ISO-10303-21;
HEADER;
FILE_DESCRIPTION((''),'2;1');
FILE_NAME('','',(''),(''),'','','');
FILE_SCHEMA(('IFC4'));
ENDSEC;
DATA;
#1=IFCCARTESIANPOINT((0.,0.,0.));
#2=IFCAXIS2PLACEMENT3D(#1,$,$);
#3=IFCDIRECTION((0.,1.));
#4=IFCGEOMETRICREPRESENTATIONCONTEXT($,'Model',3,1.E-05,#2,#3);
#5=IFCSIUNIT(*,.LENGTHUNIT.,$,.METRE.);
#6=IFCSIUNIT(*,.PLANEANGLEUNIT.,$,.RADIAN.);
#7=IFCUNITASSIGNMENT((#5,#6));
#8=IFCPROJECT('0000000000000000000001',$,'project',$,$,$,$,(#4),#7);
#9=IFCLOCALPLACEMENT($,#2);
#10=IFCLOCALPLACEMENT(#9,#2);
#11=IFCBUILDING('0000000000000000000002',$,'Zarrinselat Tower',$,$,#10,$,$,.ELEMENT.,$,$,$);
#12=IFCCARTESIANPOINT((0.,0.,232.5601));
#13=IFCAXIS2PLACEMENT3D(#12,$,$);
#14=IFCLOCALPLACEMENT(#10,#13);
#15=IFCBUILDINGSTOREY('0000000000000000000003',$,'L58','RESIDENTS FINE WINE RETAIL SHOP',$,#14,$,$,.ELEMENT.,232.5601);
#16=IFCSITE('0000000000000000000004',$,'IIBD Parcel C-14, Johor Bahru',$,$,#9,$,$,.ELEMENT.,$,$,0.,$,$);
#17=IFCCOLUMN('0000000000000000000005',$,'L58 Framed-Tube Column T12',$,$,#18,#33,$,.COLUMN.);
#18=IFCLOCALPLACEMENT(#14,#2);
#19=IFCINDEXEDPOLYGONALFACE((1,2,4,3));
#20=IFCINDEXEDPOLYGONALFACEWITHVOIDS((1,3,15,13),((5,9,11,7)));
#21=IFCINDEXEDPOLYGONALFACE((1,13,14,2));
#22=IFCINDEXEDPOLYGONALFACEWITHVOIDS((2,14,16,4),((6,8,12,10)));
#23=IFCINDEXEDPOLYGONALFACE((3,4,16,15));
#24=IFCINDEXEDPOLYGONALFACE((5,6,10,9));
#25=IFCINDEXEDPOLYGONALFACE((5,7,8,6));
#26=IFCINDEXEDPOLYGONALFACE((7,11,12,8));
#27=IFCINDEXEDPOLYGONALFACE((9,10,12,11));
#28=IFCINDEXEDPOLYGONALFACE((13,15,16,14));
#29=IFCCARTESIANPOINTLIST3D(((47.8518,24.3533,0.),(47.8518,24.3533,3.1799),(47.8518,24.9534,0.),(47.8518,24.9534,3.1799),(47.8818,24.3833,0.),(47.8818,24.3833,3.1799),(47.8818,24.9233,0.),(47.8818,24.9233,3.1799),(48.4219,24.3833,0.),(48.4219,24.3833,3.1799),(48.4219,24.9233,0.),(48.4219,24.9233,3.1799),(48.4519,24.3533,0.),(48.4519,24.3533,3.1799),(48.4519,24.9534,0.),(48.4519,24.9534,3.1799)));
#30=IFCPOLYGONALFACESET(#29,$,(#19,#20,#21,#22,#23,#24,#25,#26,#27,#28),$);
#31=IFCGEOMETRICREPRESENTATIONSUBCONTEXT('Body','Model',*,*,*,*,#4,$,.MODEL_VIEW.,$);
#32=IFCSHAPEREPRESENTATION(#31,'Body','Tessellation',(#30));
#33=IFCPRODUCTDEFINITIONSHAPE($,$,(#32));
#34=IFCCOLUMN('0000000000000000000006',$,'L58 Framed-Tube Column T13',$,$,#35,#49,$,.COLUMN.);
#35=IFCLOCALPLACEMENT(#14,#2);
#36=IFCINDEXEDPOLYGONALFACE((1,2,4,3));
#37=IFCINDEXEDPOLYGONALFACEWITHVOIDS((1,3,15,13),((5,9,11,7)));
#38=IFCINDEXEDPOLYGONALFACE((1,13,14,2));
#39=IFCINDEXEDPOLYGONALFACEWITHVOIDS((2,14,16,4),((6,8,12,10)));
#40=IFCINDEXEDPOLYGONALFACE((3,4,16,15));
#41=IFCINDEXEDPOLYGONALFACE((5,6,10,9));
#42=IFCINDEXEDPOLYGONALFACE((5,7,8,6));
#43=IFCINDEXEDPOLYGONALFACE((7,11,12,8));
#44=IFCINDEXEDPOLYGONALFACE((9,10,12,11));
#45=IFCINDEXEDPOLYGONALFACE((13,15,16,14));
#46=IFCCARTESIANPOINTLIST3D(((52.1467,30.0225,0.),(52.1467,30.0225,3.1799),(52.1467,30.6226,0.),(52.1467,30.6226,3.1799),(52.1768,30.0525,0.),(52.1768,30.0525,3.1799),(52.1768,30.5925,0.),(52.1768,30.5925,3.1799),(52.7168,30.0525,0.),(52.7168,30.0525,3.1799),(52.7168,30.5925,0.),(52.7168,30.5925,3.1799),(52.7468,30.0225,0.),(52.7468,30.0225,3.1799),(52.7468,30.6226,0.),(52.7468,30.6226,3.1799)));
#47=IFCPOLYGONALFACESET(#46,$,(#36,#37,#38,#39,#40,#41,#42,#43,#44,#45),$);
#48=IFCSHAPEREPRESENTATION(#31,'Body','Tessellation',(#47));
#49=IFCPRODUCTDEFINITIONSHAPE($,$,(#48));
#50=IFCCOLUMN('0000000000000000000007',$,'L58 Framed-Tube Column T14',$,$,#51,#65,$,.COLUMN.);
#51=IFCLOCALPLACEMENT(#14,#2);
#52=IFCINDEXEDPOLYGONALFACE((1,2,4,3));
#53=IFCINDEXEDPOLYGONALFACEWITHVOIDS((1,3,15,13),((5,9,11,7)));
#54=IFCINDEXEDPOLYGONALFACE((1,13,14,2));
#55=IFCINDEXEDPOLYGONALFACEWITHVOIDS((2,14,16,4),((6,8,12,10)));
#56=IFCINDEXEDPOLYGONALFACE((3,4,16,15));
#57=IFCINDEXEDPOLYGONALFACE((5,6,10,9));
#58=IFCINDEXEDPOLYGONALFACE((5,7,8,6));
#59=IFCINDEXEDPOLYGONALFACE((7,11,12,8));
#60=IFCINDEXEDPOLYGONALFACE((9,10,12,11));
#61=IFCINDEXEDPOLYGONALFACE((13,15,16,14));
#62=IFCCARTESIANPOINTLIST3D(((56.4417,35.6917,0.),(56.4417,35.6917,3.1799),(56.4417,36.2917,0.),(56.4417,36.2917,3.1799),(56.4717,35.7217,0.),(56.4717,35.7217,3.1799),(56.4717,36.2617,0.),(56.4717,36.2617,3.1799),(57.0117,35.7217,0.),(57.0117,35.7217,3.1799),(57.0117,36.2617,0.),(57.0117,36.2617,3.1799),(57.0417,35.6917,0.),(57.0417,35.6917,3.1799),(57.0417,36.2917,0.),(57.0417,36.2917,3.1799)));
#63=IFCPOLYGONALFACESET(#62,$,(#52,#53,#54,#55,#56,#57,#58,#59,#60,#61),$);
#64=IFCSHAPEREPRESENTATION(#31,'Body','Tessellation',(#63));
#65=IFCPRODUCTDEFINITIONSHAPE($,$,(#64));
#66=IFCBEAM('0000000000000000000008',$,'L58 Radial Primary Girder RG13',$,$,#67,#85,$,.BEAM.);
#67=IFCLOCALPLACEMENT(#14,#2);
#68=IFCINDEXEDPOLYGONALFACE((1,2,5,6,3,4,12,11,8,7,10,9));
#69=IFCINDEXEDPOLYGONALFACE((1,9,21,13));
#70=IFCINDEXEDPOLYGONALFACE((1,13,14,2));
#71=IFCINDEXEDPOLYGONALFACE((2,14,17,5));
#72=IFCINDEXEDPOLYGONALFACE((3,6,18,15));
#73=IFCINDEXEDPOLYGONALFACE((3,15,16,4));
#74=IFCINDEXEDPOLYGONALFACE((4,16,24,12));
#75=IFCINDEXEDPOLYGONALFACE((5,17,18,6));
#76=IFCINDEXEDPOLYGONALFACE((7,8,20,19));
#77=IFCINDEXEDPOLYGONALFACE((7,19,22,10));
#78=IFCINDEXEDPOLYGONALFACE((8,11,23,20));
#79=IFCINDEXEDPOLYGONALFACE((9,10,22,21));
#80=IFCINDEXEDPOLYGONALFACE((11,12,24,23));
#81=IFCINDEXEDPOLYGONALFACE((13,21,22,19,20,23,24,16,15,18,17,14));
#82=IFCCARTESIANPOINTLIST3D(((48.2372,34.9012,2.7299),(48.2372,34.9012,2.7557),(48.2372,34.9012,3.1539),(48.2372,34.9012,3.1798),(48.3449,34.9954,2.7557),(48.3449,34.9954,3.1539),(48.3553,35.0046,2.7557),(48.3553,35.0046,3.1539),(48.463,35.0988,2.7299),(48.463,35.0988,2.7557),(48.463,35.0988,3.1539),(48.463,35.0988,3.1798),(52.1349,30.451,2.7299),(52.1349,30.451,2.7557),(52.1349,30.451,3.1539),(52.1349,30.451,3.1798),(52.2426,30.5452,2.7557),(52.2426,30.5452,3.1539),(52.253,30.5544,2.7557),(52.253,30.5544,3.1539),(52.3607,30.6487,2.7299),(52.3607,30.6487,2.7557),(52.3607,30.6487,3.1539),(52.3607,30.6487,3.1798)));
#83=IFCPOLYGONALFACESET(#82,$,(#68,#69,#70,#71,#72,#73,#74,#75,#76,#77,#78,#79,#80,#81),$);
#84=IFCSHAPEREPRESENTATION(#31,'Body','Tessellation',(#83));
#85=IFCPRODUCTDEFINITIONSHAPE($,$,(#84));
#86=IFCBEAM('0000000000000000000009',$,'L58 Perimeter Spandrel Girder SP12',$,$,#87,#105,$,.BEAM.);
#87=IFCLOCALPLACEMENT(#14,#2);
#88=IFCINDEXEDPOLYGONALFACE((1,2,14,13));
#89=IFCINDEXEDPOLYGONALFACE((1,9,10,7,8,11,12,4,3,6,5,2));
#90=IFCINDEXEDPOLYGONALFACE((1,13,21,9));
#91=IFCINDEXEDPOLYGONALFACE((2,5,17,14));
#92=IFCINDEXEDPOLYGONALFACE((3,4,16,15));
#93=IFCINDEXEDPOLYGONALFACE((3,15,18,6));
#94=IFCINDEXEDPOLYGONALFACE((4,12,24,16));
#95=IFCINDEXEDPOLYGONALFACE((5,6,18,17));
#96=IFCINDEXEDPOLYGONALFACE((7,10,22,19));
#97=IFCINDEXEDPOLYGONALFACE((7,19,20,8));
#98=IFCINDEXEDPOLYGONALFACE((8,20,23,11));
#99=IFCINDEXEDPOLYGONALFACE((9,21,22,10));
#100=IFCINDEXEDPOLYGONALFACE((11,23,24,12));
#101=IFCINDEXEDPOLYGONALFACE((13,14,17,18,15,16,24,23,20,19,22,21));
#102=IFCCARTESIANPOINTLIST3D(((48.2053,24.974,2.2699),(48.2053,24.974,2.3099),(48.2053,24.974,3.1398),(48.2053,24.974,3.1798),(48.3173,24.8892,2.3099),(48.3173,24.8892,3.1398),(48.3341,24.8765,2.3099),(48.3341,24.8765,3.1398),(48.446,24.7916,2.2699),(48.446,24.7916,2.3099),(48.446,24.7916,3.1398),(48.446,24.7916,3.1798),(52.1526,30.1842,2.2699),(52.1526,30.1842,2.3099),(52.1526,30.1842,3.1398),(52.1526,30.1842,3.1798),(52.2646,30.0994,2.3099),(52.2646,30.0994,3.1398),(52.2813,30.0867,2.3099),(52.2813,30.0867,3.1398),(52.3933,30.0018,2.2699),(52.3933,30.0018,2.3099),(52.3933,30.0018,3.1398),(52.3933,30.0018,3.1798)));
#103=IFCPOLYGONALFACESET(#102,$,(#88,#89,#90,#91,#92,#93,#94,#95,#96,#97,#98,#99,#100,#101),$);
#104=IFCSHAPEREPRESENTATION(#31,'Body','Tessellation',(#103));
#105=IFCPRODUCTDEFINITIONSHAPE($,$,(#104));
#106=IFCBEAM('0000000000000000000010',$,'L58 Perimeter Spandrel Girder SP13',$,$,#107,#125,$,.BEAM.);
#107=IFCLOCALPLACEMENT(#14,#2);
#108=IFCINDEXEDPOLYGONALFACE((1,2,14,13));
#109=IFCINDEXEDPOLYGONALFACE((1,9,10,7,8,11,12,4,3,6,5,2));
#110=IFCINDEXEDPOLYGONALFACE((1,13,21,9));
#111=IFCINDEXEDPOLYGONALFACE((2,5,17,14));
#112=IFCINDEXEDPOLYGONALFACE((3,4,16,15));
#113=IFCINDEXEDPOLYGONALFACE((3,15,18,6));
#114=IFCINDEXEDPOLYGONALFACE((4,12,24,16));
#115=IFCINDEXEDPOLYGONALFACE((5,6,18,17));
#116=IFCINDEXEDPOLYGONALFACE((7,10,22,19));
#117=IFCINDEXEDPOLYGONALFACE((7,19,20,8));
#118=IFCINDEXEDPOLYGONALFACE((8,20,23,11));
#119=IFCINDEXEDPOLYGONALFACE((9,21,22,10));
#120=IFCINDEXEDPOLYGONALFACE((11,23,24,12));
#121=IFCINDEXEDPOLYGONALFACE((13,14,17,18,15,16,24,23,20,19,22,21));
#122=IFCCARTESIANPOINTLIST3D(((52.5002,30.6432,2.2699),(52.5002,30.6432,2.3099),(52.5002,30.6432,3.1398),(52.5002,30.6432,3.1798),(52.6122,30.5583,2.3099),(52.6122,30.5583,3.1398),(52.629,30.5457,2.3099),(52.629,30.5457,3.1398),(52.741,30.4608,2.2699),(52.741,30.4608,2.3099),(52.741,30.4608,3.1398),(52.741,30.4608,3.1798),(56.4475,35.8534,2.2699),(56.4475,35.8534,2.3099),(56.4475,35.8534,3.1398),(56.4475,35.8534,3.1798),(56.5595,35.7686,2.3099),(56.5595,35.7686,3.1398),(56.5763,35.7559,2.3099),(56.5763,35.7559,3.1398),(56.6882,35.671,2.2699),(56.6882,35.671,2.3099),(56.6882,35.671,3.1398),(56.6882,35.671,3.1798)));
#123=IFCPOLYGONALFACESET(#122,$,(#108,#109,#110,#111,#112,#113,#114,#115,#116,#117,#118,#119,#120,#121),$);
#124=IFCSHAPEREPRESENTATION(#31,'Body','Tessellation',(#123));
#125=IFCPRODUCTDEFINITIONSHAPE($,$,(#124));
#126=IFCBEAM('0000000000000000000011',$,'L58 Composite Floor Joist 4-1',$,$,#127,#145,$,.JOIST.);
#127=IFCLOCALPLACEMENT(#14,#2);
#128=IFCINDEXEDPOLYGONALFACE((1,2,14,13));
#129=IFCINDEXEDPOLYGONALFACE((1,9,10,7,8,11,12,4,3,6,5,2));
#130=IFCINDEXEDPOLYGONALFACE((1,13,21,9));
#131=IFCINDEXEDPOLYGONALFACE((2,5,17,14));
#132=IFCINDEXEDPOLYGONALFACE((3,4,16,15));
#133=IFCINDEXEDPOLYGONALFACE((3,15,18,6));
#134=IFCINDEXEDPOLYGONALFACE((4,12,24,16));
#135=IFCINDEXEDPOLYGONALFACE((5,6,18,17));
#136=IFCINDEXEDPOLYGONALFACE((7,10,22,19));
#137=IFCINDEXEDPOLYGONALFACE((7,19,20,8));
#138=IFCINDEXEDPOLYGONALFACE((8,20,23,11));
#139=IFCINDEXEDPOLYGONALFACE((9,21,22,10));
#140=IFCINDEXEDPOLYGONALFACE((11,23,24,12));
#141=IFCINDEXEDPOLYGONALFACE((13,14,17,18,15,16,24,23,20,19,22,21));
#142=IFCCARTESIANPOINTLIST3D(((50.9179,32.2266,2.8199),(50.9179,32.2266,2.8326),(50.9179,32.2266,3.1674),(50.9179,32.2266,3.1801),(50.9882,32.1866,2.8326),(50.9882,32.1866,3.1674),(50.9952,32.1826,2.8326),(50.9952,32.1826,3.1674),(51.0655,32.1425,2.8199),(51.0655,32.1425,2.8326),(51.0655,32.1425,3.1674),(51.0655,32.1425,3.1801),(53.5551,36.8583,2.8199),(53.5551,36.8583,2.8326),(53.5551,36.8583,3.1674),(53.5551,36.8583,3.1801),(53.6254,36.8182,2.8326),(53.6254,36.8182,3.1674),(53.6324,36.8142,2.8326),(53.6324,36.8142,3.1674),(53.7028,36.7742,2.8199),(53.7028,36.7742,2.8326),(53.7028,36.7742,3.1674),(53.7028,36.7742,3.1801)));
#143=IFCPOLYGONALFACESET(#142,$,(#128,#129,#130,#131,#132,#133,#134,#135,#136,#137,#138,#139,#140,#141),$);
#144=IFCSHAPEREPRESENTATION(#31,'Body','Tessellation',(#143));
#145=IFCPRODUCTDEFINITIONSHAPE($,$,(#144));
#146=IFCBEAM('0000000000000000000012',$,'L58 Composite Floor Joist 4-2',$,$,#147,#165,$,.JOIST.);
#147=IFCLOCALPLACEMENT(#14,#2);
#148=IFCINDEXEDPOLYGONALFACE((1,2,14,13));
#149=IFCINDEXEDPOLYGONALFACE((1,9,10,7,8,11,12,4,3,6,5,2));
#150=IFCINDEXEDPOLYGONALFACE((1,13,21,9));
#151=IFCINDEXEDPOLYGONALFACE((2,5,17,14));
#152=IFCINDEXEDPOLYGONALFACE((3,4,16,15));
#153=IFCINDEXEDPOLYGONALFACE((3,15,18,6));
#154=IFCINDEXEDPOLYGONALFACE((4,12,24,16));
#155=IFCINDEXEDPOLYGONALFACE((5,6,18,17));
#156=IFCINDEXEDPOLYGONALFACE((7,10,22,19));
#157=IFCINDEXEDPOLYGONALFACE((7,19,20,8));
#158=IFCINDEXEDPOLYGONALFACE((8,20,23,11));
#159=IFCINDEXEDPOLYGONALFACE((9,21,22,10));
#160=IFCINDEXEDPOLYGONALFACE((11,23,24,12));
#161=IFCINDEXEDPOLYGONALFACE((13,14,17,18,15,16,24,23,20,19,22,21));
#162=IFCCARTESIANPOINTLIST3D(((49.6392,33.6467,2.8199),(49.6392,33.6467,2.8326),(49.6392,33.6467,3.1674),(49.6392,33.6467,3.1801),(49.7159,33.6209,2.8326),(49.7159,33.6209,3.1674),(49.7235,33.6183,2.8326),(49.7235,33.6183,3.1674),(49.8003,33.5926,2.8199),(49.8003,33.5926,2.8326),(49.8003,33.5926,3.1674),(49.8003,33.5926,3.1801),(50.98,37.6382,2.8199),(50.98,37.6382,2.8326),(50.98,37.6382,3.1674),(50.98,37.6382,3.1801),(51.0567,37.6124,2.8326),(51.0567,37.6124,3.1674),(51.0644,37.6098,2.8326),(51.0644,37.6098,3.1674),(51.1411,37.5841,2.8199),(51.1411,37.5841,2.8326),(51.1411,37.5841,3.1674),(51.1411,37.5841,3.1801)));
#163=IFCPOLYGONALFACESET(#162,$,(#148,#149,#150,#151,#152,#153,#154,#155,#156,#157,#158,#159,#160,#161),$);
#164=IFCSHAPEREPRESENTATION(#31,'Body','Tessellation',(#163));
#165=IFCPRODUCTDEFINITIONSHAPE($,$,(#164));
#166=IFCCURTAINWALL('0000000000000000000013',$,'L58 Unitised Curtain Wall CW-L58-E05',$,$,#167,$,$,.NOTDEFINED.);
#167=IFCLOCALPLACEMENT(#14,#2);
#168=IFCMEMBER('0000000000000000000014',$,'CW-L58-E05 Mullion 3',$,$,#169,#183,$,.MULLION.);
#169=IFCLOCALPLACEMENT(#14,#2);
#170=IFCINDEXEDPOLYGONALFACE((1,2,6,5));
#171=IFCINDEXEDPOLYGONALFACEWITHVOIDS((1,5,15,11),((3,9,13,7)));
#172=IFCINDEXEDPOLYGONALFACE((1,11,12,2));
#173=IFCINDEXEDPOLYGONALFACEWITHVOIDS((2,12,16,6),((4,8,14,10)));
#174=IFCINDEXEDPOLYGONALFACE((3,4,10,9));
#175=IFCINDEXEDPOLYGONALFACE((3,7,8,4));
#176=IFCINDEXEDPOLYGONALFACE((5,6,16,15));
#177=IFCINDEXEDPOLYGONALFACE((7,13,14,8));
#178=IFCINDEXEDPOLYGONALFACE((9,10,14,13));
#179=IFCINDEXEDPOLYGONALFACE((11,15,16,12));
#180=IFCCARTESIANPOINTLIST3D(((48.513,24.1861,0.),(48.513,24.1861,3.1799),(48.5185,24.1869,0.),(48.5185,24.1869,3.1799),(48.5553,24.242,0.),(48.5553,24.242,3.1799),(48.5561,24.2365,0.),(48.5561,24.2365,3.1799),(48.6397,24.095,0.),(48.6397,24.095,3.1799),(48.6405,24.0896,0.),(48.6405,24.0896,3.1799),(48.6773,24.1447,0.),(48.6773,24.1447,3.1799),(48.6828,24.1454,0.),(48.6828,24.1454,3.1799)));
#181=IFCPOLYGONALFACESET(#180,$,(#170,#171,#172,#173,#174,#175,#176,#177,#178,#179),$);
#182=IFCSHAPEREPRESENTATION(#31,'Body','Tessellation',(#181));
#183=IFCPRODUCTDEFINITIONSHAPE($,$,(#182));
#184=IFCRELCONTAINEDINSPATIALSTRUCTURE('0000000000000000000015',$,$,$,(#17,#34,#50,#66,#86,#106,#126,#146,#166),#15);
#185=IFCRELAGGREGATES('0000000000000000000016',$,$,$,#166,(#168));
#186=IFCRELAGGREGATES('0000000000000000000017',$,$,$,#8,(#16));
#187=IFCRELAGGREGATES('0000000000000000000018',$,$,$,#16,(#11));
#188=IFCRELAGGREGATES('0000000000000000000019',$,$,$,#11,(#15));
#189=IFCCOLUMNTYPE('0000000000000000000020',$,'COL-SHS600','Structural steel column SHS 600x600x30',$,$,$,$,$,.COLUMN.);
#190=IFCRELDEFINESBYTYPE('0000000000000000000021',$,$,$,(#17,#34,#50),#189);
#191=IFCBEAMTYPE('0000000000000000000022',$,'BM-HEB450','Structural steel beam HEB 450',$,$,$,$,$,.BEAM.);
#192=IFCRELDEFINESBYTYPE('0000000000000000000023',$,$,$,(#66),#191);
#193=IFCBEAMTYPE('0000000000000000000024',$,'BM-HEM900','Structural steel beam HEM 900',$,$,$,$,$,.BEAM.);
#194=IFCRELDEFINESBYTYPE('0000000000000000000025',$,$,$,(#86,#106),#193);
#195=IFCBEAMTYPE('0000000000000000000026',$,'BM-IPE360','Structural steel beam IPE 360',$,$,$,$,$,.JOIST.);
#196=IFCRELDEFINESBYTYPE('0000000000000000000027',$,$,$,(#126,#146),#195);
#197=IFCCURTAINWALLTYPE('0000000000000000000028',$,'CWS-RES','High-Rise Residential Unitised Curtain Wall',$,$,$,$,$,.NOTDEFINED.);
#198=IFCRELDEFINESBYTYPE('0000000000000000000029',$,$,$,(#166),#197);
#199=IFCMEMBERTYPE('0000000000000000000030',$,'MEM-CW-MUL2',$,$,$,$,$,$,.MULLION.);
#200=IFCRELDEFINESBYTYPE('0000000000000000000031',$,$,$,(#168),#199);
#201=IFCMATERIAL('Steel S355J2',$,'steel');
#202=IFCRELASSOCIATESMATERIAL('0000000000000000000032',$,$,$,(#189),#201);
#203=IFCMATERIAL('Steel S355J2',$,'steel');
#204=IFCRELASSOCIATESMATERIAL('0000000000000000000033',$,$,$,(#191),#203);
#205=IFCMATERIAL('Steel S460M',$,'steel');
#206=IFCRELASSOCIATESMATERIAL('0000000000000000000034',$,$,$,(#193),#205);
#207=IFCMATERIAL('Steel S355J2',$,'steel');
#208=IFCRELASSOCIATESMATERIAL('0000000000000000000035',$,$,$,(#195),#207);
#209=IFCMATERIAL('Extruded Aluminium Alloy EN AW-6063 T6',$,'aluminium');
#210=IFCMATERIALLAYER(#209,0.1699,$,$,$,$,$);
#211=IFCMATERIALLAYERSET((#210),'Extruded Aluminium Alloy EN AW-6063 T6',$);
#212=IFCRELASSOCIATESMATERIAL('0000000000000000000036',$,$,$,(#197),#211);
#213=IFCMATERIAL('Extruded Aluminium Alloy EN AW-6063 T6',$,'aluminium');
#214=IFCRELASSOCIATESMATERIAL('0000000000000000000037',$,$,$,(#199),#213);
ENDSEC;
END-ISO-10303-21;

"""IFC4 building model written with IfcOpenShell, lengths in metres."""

from ifc_helpers import new_model, si_unit, direction, frame, origin, origin_2d, place, context, subcontext, project, spatial, hollow_rectangle, i_section, extrude, material, layer, layer_set, material_profile, profile_set, type_object, element, aggregate, save


model = new_model("IFC4")

# Units and contexts
model_context = context("Model", 3, precision=1e-05, world=origin(), true_north=direction((0.0, 1.0)))
body_context = subcontext(model_context, "Body", "Model", "MODEL_VIEW")
ifc_project = project(units=[si_unit("LENGTHUNIT", "METRE"), si_unit("PLANEANGLEUNIT", "RADIAN")], contexts=[model_context])

# Site, building, storey
site_placement = place(None, origin())
site = spatial("IfcSite", under=ifc_project, at=site_placement, Name="IIBD Parcel C-14, Johor Bahru", CompositionType="ELEMENT", RefElevation=0.0)
building_placement = place(site_placement, origin())
building = spatial("IfcBuilding", under=site, at=building_placement, Name="Zarrinselat Tower", CompositionType="ELEMENT")
storey_placement = place(building_placement, frame((0.0, 0.0, 232.5601)))
storey = spatial("IfcBuildingStorey", under=building, at=storey_placement, Name="L58", Description="RESIDENTS FINE WINE RETAIL SHOP", CompositionType="ELEMENT", Elevation=232.5601)

# Columns
ifc_material_1 = material(Name="Steel S355J2", Category="steel")
ifc_material_profile_1 = material_profile(ifc_material_1, hollow_rectangle(XDim=0.6001, YDim=0.6001, WallThickness=0.03, at=origin_2d()), Name="SHS 600x600x30")
ifc_profile_set_1 = profile_set([ifc_material_profile_1], Name="Steel S355J2")
column_type = type_object("IfcColumnType", Name="COL-SHS600", Description="Structural steel column SHS 600x600x30", PredefinedType="COLUMN", material=ifc_profile_set_1)
for number, where, z_axis, x_axis, name in (
    (1, (48.1519, 24.6533, 0.0), (0.0, 0.0, 1.0), (1.0, 0.0, 0.0), "L58 Framed-Tube Column T12"),
    (2, (52.4468, 30.3225, 0.0), (0.0, 0.0, 1.0), (1.0, 0.0, 0.0), "L58 Framed-Tube Column T13"),
    (3, (56.7417, 35.9917, 0.0), (0.0, 0.0, 1.0), (1.0, 0.0, 0.0), "L58 Framed-Tube Column T14"),
):
    element("IfcColumn", number, at=place(storey_placement, frame(where, z_axis=z_axis, x_axis=x_axis)), inside=storey, type_object=column_type, Name=name, PredefinedType="COLUMN", context=body_context, shape_type="SweptSolid", body=[
        extrude(hollow_rectangle(XDim=0.6001, YDim=0.6001, WallThickness=0.03, at=origin_2d()), origin(), (0.0, 0.0, 1.0), 3.1799),
    ])

# Beams
ifc_material_2 = material(Name="Steel S355J2", Category="steel")
ifc_material_profile_2 = material_profile(ifc_material_2, i_section(OverallWidth=0.3, OverallDepth=0.45, WebThickness=0.0139, FlangeThickness=0.0259, at=origin_2d()), Name="HEB 450")
ifc_profile_set_2 = profile_set([ifc_material_profile_2], Name="Steel S355J2")
beam_type_1 = type_object("IfcBeamType", Name="BM-HEB450", Description="Structural steel beam HEB 450", PredefinedType="BEAM", material=ifc_profile_set_2)
beam_1_placement = place(storey_placement, frame((48.3501, 35.0, 2.9548), z_axis=(0.658867, -0.75226, 0.0), x_axis=(0.75226, 0.658867, 0.0)))
element("IfcBeam", 4, at=beam_1_placement, inside=storey, type_object=beam_type_1, Name="L58 Radial Primary Girder RG13", PredefinedType="BEAM", context=body_context, shape_type="SweptSolid", body=[
    extrude(i_section(OverallWidth=0.3, OverallDepth=0.45, WebThickness=0.0139, FlangeThickness=0.0259, at=origin_2d()), origin(), (0.0, 0.0, 1.0), 5.9158),
])
ifc_material_3 = material(Name="Steel S460M", Category="steel")
ifc_material_profile_3 = material_profile(ifc_material_3, i_section(OverallWidth=0.302, OverallDepth=0.9099, WebThickness=0.021, FlangeThickness=0.04, at=origin_2d()), Name="HEM 900")
ifc_profile_set_3 = profile_set([ifc_material_profile_3], Name="Steel S460M")
beam_type_2 = type_object("IfcBeamType", Name="BM-HEM900", Description="Structural steel beam HEM 900", PredefinedType="BEAM", material=ifc_profile_set_3)
for number, where, z_axis, x_axis, name in (
    (5, (48.3257, 24.8828, 2.7249), (0.603871, 0.797082, 0.0), (-0.797082, 0.603871, 0.0), "L58 Perimeter Spandrel Girder SP12"),
    (6, (52.6206, 30.552, 2.7249), (0.603871, 0.797082, 0.0), (-0.797082, 0.603871, 0.0), "L58 Perimeter Spandrel Girder SP13"),
):
    element("IfcBeam", number, at=place(storey_placement, frame(where, z_axis=z_axis, x_axis=x_axis)), inside=storey, type_object=beam_type_2, Name=name, PredefinedType="BEAM", context=body_context, shape_type="SweptSolid", body=[
        extrude(i_section(OverallWidth=0.302, OverallDepth=0.9099, WebThickness=0.021, FlangeThickness=0.04, at=origin_2d()), origin(), (0.0, 0.0, 1.0), 6.5366),
    ])
ifc_material_4 = material(Name="Steel S355J2", Category="steel")
ifc_material_profile_4 = material_profile(ifc_material_4, i_section(OverallWidth=0.1699, OverallDepth=0.3601, WebThickness=0.0081, FlangeThickness=0.0127, at=origin_2d()), Name="IPE 360")
ifc_profile_set_4 = profile_set([ifc_material_profile_4], Name="Steel S355J2")
beam_type_3 = type_object("IfcBeamType", Name="BM-IPE360", Description="Structural steel beam IPE 360", PredefinedType="JOIST", material=ifc_profile_set_4)
beam_2_placement = place(storey_placement, frame((50.9917, 32.1846, 3.0), z_axis=(0.494806, 0.869003, 0.0), x_axis=(-0.869003, 0.494806, 0.0)))
element("IfcBeam", 7, at=beam_2_placement, inside=storey, type_object=beam_type_3, Name="L58 Composite Floor Joist 4-1", PredefinedType="JOIST", context=body_context, shape_type="SweptSolid", body=[
    extrude(i_section(OverallWidth=0.1699, OverallDepth=0.3601, WebThickness=0.0081, FlangeThickness=0.0127, at=origin_2d()), origin(), (0.0, 0.0, 1.0), 5.3298),
])
beam_3_placement = place(storey_placement, frame((49.7197, 33.6196, 3.0), z_axis=(0.318436, 0.947944, 0.0), x_axis=(-0.947944, 0.318436, 0.0)))
element("IfcBeam", 8, at=beam_3_placement, inside=storey, type_object=beam_type_3, Name="L58 Composite Floor Joist 4-2", PredefinedType="JOIST", context=body_context, shape_type="SweptSolid", body=[
    extrude(i_section(OverallWidth=0.1699, OverallDepth=0.3601, WebThickness=0.0081, FlangeThickness=0.0127, at=origin_2d()), origin(), (0.0, 0.0, 1.0), 4.2107),
])

# Curtain wall, member
ifc_material_5 = material(Name="Extruded Aluminium Alloy EN AW-6063 T6", Category="aluminium")
ifc_layer_1 = layer(ifc_material_5, 0.1699)
ifc_layer_set_1 = layer_set([ifc_layer_1], Name="Extruded Aluminium Alloy EN AW-6063 T6")
curtain_wall_type = type_object("IfcCurtainWallType", Name="CWS-RES", Description="High-Rise Residential Unitised Curtain Wall", PredefinedType="NOTDEFINED", material=ifc_layer_set_1)
curtain_wall_placement = place(storey_placement, origin())
curtain_wall = element("IfcCurtainWall", 9, at=curtain_wall_placement, inside=storey, type_object=curtain_wall_type, Name="L58 Unitised Curtain Wall CW-L58-E05", PredefinedType="NOTDEFINED")
ifc_material_6 = material(Name="Extruded Aluminium Alloy EN AW-6063 T6", Category="aluminium")
ifc_material_profile_5 = material_profile(ifc_material_6, hollow_rectangle(XDim=0.0701, YDim=0.1599, WallThickness=0.0039, at=origin_2d()), Name="RHS 160x70x4")
ifc_profile_set_5 = profile_set([ifc_material_profile_5], Name="Extruded Aluminium Alloy EN AW-6063 T6")
member_type_1 = type_object("IfcMemberType", Name="MEM-CW-MUL2", PredefinedType="MULLION", material=ifc_profile_set_5)
member_1_placement = place(storey_placement, frame((48.5979, 24.1658, 0.0), z_axis=(0.0, 0.0, 1.0), x_axis=(0.603859, 0.797091, 0.0)))
member_1 = element("IfcMember", 10, at=member_1_placement, type_object=member_type_1, Name="CW-L58-E05 Mullion 3", PredefinedType="MULLION", context=body_context, shape_type="SweptSolid", body=[
    extrude(hollow_rectangle(XDim=0.0701, YDim=0.1599, WallThickness=0.0039, at=origin_2d()), origin(), (0.0, 0.0, 1.0), 3.1799),
])
aggregate(curtain_wall, [member_1])

save(model, "model.ifc")
